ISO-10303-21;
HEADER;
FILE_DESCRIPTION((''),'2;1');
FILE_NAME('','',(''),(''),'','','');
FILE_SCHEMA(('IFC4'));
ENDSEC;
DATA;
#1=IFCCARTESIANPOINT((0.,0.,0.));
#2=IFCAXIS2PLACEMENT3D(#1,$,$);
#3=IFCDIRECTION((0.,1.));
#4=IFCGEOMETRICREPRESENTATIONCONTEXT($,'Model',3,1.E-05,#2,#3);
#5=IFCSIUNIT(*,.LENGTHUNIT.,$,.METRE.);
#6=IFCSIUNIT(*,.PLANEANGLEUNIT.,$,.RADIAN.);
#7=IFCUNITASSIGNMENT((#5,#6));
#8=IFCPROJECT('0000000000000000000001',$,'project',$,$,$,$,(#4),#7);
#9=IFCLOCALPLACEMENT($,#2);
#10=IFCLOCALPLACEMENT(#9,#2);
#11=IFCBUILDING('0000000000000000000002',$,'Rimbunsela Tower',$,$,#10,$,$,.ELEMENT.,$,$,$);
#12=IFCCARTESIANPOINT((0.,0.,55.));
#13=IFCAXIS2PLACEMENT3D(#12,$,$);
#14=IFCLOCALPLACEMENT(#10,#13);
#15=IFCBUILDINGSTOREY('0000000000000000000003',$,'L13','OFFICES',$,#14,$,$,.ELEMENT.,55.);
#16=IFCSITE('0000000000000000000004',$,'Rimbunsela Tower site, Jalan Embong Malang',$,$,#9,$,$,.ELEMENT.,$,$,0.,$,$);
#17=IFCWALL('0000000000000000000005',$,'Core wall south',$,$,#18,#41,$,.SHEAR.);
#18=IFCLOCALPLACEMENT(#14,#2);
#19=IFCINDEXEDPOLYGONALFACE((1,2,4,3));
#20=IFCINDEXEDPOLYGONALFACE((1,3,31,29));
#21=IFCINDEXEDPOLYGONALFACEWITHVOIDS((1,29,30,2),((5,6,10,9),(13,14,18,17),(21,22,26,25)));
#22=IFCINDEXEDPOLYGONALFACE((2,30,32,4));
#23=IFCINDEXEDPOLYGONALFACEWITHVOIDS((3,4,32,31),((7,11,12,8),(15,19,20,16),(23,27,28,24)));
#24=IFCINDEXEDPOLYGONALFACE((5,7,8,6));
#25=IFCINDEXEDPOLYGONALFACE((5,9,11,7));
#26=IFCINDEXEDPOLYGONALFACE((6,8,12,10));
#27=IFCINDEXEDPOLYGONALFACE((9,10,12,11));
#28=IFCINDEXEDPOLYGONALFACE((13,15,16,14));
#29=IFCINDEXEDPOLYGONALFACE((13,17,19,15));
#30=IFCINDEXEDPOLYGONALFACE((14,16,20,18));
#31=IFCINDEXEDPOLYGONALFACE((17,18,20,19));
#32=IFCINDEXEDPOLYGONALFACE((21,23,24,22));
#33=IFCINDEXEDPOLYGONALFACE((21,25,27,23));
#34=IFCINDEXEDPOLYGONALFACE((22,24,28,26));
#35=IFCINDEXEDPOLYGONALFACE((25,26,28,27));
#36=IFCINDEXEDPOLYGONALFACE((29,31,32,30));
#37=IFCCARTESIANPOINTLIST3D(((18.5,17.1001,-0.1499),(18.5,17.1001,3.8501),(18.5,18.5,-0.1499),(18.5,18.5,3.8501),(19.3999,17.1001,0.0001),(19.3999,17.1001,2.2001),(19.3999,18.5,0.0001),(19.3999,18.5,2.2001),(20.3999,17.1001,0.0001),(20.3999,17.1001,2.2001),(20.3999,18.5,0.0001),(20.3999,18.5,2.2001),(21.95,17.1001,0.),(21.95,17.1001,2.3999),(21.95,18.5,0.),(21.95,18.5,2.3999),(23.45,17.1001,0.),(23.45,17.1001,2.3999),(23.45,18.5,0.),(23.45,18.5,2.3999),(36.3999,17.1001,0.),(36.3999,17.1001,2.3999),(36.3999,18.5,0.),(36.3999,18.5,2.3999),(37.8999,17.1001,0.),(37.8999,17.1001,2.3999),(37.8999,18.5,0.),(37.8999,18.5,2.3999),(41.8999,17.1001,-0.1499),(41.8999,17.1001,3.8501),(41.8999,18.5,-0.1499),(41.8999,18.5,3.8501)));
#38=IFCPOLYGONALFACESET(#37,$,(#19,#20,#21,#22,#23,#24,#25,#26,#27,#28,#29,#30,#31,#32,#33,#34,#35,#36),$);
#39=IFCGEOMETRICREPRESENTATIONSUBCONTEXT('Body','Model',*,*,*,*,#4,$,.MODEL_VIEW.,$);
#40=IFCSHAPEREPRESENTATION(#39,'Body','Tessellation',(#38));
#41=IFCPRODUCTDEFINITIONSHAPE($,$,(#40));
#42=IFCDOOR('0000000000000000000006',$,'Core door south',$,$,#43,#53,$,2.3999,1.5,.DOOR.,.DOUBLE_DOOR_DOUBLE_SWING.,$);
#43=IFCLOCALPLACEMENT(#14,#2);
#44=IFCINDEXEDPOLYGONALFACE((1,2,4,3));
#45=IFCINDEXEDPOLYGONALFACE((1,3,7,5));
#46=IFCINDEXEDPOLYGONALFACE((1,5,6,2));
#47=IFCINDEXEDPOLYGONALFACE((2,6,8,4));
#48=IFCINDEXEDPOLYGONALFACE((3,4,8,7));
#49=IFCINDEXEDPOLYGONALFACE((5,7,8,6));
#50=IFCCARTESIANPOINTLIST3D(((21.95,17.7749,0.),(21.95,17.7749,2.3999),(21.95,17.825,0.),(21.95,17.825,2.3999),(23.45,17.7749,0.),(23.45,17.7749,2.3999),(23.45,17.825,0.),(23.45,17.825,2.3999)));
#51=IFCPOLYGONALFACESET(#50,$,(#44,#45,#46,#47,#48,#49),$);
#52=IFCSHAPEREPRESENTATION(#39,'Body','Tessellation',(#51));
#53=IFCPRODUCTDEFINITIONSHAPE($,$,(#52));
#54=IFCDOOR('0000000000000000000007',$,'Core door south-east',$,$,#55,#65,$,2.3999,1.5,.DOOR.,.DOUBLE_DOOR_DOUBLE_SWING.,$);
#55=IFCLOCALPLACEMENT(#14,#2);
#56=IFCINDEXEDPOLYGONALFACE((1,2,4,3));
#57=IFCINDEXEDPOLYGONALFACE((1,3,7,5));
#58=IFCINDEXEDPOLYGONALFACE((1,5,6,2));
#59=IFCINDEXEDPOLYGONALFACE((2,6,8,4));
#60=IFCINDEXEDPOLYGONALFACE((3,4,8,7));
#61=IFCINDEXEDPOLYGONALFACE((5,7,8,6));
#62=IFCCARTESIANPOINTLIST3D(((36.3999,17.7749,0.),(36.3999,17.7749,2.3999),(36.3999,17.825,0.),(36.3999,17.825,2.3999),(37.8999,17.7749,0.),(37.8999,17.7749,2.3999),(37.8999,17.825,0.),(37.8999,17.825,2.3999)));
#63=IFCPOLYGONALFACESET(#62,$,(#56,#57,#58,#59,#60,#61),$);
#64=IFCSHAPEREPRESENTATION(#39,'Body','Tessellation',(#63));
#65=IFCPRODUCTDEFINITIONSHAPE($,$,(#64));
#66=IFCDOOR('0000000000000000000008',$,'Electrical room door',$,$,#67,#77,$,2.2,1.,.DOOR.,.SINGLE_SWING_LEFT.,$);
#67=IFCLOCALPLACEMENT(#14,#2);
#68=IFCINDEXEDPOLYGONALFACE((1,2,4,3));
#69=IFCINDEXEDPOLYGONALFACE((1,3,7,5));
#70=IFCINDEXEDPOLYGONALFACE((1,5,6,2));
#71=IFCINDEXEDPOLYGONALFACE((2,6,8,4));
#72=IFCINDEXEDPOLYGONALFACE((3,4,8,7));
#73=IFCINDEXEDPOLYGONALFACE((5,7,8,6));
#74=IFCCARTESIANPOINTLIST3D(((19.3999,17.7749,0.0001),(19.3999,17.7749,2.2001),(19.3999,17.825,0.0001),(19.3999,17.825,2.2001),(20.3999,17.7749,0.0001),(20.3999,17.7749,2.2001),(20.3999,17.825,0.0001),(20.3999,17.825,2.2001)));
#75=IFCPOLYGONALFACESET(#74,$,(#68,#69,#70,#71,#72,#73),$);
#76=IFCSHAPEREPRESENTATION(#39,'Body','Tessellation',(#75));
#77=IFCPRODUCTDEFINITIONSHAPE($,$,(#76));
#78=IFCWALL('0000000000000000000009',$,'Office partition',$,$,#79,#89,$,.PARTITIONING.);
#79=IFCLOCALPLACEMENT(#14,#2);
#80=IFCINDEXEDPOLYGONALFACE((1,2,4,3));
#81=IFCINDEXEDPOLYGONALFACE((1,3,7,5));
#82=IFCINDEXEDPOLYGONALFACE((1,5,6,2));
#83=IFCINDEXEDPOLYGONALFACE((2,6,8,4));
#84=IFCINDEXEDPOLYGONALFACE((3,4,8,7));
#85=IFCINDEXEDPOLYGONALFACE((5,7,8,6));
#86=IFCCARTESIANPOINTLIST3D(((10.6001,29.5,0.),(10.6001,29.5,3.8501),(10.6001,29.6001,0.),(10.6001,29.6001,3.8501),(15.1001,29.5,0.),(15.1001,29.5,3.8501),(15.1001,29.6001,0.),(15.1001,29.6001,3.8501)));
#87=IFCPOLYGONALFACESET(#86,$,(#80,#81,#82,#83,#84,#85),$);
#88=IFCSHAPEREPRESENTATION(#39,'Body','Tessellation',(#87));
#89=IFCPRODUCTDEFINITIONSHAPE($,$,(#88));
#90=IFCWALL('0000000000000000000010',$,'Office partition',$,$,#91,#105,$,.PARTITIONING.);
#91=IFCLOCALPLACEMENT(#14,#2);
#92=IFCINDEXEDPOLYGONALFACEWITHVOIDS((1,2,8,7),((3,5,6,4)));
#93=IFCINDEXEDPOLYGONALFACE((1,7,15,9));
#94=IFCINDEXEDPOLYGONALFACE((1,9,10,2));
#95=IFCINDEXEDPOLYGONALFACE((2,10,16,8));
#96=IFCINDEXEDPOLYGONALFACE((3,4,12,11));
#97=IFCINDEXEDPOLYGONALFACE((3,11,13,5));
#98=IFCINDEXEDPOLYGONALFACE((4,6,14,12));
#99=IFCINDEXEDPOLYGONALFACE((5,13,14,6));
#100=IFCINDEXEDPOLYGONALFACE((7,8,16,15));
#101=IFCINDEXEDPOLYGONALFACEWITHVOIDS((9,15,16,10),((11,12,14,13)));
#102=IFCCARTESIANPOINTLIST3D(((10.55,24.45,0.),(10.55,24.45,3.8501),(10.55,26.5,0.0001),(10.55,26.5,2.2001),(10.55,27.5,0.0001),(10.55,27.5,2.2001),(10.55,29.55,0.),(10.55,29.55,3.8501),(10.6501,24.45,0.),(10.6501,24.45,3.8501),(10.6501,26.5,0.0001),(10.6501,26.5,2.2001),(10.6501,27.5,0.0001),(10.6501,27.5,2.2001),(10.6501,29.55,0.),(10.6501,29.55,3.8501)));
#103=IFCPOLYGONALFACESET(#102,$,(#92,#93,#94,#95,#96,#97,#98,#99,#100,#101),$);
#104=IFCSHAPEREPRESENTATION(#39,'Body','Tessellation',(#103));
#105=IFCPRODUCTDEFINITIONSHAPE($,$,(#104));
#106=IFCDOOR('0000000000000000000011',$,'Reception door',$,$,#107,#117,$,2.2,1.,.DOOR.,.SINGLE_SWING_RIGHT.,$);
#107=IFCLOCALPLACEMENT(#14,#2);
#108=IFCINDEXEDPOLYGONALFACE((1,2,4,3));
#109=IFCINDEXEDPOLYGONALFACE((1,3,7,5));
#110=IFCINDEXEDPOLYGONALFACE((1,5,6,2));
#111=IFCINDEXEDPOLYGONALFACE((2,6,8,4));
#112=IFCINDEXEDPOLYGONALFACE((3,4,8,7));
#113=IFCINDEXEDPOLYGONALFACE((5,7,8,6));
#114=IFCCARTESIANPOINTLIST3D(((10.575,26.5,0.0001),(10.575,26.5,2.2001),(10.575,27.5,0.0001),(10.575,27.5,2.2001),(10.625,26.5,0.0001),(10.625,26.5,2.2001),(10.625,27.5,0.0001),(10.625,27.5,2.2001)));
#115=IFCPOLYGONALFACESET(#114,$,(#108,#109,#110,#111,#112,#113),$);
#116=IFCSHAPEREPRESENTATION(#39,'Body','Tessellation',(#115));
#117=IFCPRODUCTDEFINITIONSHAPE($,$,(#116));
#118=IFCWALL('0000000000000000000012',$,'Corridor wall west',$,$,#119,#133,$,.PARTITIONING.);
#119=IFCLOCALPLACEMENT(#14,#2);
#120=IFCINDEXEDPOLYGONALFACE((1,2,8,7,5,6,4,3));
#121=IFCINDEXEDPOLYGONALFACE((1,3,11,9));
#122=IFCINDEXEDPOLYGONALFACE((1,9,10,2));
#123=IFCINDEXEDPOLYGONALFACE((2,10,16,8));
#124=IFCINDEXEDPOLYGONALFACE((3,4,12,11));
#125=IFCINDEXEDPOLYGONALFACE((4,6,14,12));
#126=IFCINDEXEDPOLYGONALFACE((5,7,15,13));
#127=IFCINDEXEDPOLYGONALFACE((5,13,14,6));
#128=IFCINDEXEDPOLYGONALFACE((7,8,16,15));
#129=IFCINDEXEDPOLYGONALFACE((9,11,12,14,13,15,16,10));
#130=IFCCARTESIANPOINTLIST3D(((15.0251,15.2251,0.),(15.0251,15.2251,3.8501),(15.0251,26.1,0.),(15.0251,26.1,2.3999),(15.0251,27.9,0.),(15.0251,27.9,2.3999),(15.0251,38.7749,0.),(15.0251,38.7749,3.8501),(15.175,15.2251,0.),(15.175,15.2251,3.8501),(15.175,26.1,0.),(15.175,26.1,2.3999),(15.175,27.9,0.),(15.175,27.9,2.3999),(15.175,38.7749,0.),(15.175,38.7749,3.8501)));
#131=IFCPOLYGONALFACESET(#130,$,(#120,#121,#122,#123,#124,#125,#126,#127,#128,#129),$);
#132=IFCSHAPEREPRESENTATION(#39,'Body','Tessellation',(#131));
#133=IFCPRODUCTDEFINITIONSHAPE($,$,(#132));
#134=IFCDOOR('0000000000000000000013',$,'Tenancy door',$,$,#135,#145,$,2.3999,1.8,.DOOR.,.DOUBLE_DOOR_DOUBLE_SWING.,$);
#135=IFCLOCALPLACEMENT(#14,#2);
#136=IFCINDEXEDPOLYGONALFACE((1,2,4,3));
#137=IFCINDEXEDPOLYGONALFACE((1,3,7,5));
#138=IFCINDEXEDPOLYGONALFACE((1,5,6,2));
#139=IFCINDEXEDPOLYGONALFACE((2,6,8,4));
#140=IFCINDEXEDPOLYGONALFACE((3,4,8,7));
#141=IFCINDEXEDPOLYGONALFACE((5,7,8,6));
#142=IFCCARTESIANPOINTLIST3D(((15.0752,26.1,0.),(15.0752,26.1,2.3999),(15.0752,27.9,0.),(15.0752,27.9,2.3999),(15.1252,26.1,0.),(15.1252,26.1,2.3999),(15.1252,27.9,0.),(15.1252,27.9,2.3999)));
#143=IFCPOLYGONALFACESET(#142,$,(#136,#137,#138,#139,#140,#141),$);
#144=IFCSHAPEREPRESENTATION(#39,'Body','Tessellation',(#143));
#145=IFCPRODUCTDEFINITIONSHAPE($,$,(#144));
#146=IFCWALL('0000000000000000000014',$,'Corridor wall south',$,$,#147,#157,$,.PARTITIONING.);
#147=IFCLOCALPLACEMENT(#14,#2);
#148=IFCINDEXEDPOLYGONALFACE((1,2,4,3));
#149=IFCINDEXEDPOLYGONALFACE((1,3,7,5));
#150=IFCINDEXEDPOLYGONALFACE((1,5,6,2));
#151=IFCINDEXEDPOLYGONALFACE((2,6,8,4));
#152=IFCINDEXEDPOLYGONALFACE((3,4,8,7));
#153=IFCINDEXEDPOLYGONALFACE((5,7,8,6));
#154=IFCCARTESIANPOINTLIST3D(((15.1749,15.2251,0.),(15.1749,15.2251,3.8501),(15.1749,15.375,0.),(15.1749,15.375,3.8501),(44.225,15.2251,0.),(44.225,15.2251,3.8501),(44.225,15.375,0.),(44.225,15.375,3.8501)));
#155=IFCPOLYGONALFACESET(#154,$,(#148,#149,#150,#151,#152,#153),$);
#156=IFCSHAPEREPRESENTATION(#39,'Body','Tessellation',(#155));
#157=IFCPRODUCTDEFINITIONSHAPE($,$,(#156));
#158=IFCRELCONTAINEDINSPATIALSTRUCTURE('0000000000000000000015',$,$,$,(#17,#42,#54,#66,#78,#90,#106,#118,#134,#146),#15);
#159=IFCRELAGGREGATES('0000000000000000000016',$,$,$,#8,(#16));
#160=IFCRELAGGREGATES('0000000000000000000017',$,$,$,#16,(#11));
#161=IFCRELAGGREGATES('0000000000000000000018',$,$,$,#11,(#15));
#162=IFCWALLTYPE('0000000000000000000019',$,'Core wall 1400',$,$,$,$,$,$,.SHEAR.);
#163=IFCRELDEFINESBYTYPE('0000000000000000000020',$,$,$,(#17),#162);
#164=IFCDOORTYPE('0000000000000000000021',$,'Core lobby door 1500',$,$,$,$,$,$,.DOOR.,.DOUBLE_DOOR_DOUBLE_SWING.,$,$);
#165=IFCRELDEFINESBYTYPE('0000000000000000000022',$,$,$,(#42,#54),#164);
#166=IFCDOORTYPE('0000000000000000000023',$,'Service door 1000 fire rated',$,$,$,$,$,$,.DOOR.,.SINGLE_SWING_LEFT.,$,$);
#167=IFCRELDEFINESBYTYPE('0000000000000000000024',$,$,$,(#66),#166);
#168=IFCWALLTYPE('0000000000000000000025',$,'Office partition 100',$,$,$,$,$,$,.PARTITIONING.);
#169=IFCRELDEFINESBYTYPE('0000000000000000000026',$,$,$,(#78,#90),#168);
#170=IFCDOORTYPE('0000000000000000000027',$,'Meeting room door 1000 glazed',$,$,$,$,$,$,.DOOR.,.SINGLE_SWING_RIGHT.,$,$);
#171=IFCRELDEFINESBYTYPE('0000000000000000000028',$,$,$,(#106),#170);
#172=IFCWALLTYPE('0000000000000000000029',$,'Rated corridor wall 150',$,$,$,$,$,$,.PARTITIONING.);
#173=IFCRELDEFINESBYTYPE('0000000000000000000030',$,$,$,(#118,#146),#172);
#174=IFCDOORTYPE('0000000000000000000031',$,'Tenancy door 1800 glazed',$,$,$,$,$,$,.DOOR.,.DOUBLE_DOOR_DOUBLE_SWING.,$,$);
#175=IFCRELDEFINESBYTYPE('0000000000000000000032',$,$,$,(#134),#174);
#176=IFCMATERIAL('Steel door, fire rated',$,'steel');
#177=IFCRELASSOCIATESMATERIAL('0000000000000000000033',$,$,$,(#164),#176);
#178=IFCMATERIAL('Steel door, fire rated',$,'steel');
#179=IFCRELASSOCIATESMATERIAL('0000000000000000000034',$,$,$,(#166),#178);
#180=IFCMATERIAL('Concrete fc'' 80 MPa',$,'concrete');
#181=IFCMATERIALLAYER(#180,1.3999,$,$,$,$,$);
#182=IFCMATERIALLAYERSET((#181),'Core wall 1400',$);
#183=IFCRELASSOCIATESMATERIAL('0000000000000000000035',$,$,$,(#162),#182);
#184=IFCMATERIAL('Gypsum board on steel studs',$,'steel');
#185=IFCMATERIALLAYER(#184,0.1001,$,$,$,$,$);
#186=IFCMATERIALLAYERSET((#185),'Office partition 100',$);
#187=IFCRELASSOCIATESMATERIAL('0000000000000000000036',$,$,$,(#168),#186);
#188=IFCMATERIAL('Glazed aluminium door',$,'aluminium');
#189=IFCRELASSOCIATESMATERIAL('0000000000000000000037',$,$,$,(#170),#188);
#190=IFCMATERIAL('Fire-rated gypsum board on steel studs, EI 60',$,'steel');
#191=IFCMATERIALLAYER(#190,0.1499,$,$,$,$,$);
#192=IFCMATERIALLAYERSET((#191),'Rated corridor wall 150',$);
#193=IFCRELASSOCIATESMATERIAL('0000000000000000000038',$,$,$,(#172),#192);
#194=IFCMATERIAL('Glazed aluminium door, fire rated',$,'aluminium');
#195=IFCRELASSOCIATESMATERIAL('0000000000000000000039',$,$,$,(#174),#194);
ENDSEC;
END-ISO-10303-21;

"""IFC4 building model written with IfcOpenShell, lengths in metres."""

from ifc_helpers import new_model, si_unit, direction, frame, frame_2d, origin, place, context, subcontext, project, spatial, rectangle, extrude, material, layer, layer_set, type_object, element, fill, save


model = new_model("IFC4")

# Units and contexts
model_context = context("Model", 3, precision=1e-05, world=origin(), true_north=direction((0.0, 1.0)))
body_context = subcontext(model_context, "Body", "Model", "MODEL_VIEW")
ifc_project = project(units=[si_unit("LENGTHUNIT", "METRE"), si_unit("PLANEANGLEUNIT", "RADIAN")], contexts=[model_context])

# Site, building, storey
site_placement = place(None, origin())
site = spatial("IfcSite", under=ifc_project, at=site_placement, Name="Rimbunsela Tower site, Jalan Embong Malang", CompositionType="ELEMENT", RefElevation=0.0)
building_placement = place(site_placement, origin())
building = spatial("IfcBuilding", under=site, at=building_placement, Name="Rimbunsela Tower", CompositionType="ELEMENT")
storey_placement = place(building_placement, frame((0.0, 0.0, 55.0)))
storey = spatial("IfcBuildingStorey", under=building, at=storey_placement, Name="L13", Description="OFFICES", CompositionType="ELEMENT", Elevation=55.0)

# Shared definitions
ifc_material_1 = material(Name="Steel door, fire rated", Category="steel")
door_type_1 = type_object("IfcDoorType", Name="Core lobby door 1500", OperationType="DOUBLE_DOOR_DOUBLE_SWING", PredefinedType="DOOR", material=ifc_material_1)

# Shared definitions
ifc_material_2 = material(Name="Steel door, fire rated", Category="steel")
door_type_2 = type_object("IfcDoorType", Name="Service door 1000 fire rated", OperationType="SINGLE_SWING_LEFT", PredefinedType="DOOR", material=ifc_material_2)

# Wall, openings, doors
ifc_material_3 = material(Name="Concrete fc' 80 MPa", Category="concrete")
ifc_layer_1 = layer(ifc_material_3, 1.3999)
ifc_layer_set_1 = layer_set([ifc_layer_1], Name="Core wall 1400")
wall_type_1 = type_object("IfcWallType", Name="Core wall 1400", PredefinedType="SHEAR", material=ifc_layer_set_1)
wall_1_placement = place(storey_placement, frame((18.5, 17.8, -0.1499), z_axis=(0.0, 0.0, 1.0), x_axis=(1.0, 0.0, 0.0)))
wall_1 = element("IfcWall", 1, at=wall_1_placement, inside=storey, type_object=wall_type_1, Name="Core wall south", PredefinedType="SHEAR", context=body_context, shape_type="SweptSolid", body=[
    extrude(rectangle(XDim=23.3999, YDim=1.3999, at=frame_2d((11.7, 0.0))), origin(), (0.0, 0.0, 1.0), 4.0),
])
opening_1_placement = place(wall_1_placement, frame((3.45, 0.0, 0.1499)))
opening_1 = element("IfcOpeningElement", 2, at=opening_1_placement, cuts=wall_1, PredefinedType="OPENING", context=body_context, shape_type="SweptSolid", body=[
    extrude(rectangle(XDim=1.5, YDim=2.3999, at=frame_2d((0.75, 1.2))), frame((0.0, 0.71, 0.0), z_axis=(0.0, -1.0, 0.0), x_axis=(1.0, 0.0, 0.0)), (0.0, 0.0, 1.0), 1.4199),
])
opening_2_placement = place(wall_1_placement, frame((17.8999, 0.0, 0.1499)))
opening_2 = element("IfcOpeningElement", 3, at=opening_2_placement, cuts=wall_1, PredefinedType="OPENING", context=body_context, shape_type="SweptSolid", body=[
    extrude(rectangle(XDim=1.5, YDim=2.3999, at=frame_2d((0.75, 1.2))), frame((0.0, 0.71, 0.0), z_axis=(0.0, -1.0, 0.0), x_axis=(1.0, 0.0, 0.0)), (0.0, 0.0, 1.0), 1.4199),
])
opening_3_placement = place(wall_1_placement, frame((0.8999, 0.0, 0.1499)))
opening_3 = element("IfcOpeningElement", 4, at=opening_3_placement, cuts=wall_1, PredefinedType="OPENING", context=body_context, shape_type="SweptSolid", body=[
    extrude(rectangle(XDim=1.0, YDim=2.2, at=frame_2d((0.5, 1.1001))), frame((0.0, 0.71, 0.0), z_axis=(0.0, -1.0, 0.0), x_axis=(1.0, 0.0, 0.0)), (0.0, 0.0, 1.0), 1.4199),
])
door_1_placement = place(opening_1_placement, origin())
door_1 = element("IfcDoor", 5, at=door_1_placement, inside=storey, type_object=door_type_1, Name="Core door south", OperationType="DOUBLE_DOOR_DOUBLE_SWING", OverallHeight=2.3999, OverallWidth=1.5, PredefinedType="DOOR", context=body_context, shape_type="SweptSolid", body=[
    extrude(rectangle(XDim=1.5, YDim=2.3999, at=frame_2d((0.75, 1.2))), frame((0.0, 0.0249, 0.0), z_axis=(0.0, -1.0, 0.0), x_axis=(1.0, 0.0, 0.0)), (0.0, 0.0, 1.0), 0.05),
])
fill(opening_1, door_1)
door_2_placement = place(opening_2_placement, origin())
door_2 = element("IfcDoor", 6, at=door_2_placement, inside=storey, type_object=door_type_1, Name="Core door south-east", OperationType="DOUBLE_DOOR_DOUBLE_SWING", OverallHeight=2.3999, OverallWidth=1.5, PredefinedType="DOOR", context=body_context, shape_type="SweptSolid", body=[
    extrude(rectangle(XDim=1.5, YDim=2.3999, at=frame_2d((0.75, 1.2))), frame((0.0, 0.0249, 0.0), z_axis=(0.0, -1.0, 0.0), x_axis=(1.0, 0.0, 0.0)), (0.0, 0.0, 1.0), 0.05),
])
fill(opening_2, door_2)
door_3_placement = place(opening_3_placement, origin())
door_3 = element("IfcDoor", 7, at=door_3_placement, inside=storey, type_object=door_type_2, Name="Electrical room door", OperationType="SINGLE_SWING_LEFT", OverallHeight=2.2, OverallWidth=1.0, PredefinedType="DOOR", context=body_context, shape_type="SweptSolid", body=[
    extrude(rectangle(XDim=1.0, YDim=2.2, at=frame_2d((0.5, 1.1001))), frame((0.0, 0.0249, 0.0), z_axis=(0.0, -1.0, 0.0), x_axis=(1.0, 0.0, 0.0)), (0.0, 0.0, 1.0), 0.05),
])
fill(opening_3, door_3)

# Wall
ifc_material_4 = material(Name="Gypsum board on steel studs", Category="steel")
ifc_layer_2 = layer(ifc_material_4, 0.1001)
ifc_layer_set_2 = layer_set([ifc_layer_2], Name="Office partition 100")
wall_type_2 = type_object("IfcWallType", Name="Office partition 100", PredefinedType="PARTITIONING", material=ifc_layer_set_2)
wall_2_placement = place(storey_placement, frame((15.1001, 29.55, 0.0), z_axis=(0.0, 0.0, 1.0), x_axis=(-1.0, 0.0, 0.0)))
element("IfcWall", 8, at=wall_2_placement, inside=storey, type_object=wall_type_2, Name="Office partition", PredefinedType="PARTITIONING", context=body_context, shape_type="SweptSolid", body=[
    extrude(rectangle(XDim=4.5, YDim=0.1001, at=frame_2d((2.25, 0.0))), origin(), (0.0, 0.0, 1.0), 3.8501),
])

# Walls, openings, doors
wall_3_placement = place(storey_placement, frame((10.6001, 29.55, 0.0), z_axis=(0.0, 0.0, 1.0), x_axis=(0.0, -1.0, 0.0)))
wall_3 = element("IfcWall", 9, at=wall_3_placement, inside=storey, type_object=wall_type_2, Name="Office partition", PredefinedType="PARTITIONING", context=body_context, shape_type="SweptSolid", body=[
    extrude(rectangle(XDim=5.1001, YDim=0.1001, at=frame_2d((2.55, 0.0))), origin(), (0.0, 0.0, 1.0), 3.8501),
])
opening_4_placement = place(wall_3_placement, frame((2.05, 0.0, 0.0)))
opening_4 = element("IfcOpeningElement", 10, at=opening_4_placement, cuts=wall_3, PredefinedType="OPENING", context=body_context, shape_type="SweptSolid", body=[
    extrude(rectangle(XDim=1.0, YDim=2.2, at=frame_2d((0.5, 1.1001))), frame((0.0, 0.0601, 0.0), z_axis=(0.0, -1.0, 0.0), x_axis=(1.0, 0.0, 0.0)), (0.0, 0.0, 1.0), 0.1201),
])
ifc_material_5 = material(Name="Glazed aluminium door", Category="aluminium")
door_type_3 = type_object("IfcDoorType", Name="Meeting room door 1000 glazed", OperationType="SINGLE_SWING_RIGHT", PredefinedType="DOOR", material=ifc_material_5)
door_4_placement = place(opening_4_placement, origin())
door_4 = element("IfcDoor", 11, at=door_4_placement, inside=storey, type_object=door_type_3, Name="Reception door", OperationType="SINGLE_SWING_RIGHT", OverallHeight=2.2, OverallWidth=1.0, PredefinedType="DOOR", context=body_context, shape_type="SweptSolid", body=[
    extrude(rectangle(XDim=1.0, YDim=2.2, at=frame_2d((0.5, 1.1001))), frame((0.0, 0.0249, 0.0), z_axis=(0.0, -1.0, 0.0), x_axis=(1.0, 0.0, 0.0)), (0.0, 0.0, 1.0), 0.05),
])
fill(opening_4, door_4)
ifc_material_6 = material(Name="Fire-rated gypsum board on steel studs, EI 60", Category="steel")
ifc_layer_3 = layer(ifc_material_6, 0.1499)
ifc_layer_set_3 = layer_set([ifc_layer_3], Name="Rated corridor wall 150")
wall_type_3 = type_object("IfcWallType", Name="Rated corridor wall 150", PredefinedType="PARTITIONING", material=ifc_layer_set_3)
wall_4_placement = place(storey_placement, frame((15.1001, 15.2251, 0.0), z_axis=(0.0, 0.0, 1.0), x_axis=(0.0, 1.0, 0.0)))
wall_4 = element("IfcWall", 12, at=wall_4_placement, inside=storey, type_object=wall_type_3, Name="Corridor wall west", PredefinedType="PARTITIONING", context=body_context, shape_type="SweptSolid", body=[
    extrude(rectangle(XDim=23.5498, YDim=0.1499, at=frame_2d((11.7749, 0.0))), origin(), (0.0, 0.0, 1.0), 3.8501),
])
opening_5_placement = place(wall_4_placement, frame((10.875, 0.0, 0.0)))
opening_5 = element("IfcOpeningElement", 13, at=opening_5_placement, cuts=wall_4, PredefinedType="OPENING", context=body_context, shape_type="SweptSolid", body=[
    extrude(rectangle(XDim=1.8, YDim=2.3999, at=frame_2d((0.8999, 1.2))), frame((0.0, 0.085, 0.0), z_axis=(0.0, -1.0, 0.0), x_axis=(1.0, 0.0, 0.0)), (0.0, 0.0, 1.0), 0.1699),
])
ifc_material_7 = material(Name="Glazed aluminium door, fire rated", Category="aluminium")
door_type_4 = type_object("IfcDoorType", Name="Tenancy door 1800 glazed", OperationType="DOUBLE_DOOR_DOUBLE_SWING", PredefinedType="DOOR", material=ifc_material_7)
door_5_placement = place(opening_5_placement, origin())
door_5 = element("IfcDoor", 14, at=door_5_placement, inside=storey, type_object=door_type_4, Name="Tenancy door", OperationType="DOUBLE_DOOR_DOUBLE_SWING", OverallHeight=2.3999, OverallWidth=1.8, PredefinedType="DOOR", context=body_context, shape_type="SweptSolid", body=[
    extrude(rectangle(XDim=1.8, YDim=2.3999, at=frame_2d((0.8999, 1.2))), frame((0.0, 0.0249, 0.0), z_axis=(0.0, -1.0, 0.0), x_axis=(1.0, 0.0, 0.0)), (0.0, 0.0, 1.0), 0.05),
])
fill(opening_5, door_5)

# Wall
wall_5_placement = place(storey_placement, frame((15.175, 15.3, 0.0), z_axis=(0.0, 0.0, 1.0), x_axis=(1.0, 0.0, 0.0)))
element("IfcWall", 15, at=wall_5_placement, inside=storey, type_object=wall_type_3, Name="Corridor wall south", PredefinedType="PARTITIONING", context=body_context, shape_type="SweptSolid", body=[
    extrude(rectangle(XDim=29.05, YDim=0.1499, at=frame_2d((14.5249, 0.0))), origin(), (0.0, 0.0, 1.0), 3.8501),
])

save(model, "model.ifc")
